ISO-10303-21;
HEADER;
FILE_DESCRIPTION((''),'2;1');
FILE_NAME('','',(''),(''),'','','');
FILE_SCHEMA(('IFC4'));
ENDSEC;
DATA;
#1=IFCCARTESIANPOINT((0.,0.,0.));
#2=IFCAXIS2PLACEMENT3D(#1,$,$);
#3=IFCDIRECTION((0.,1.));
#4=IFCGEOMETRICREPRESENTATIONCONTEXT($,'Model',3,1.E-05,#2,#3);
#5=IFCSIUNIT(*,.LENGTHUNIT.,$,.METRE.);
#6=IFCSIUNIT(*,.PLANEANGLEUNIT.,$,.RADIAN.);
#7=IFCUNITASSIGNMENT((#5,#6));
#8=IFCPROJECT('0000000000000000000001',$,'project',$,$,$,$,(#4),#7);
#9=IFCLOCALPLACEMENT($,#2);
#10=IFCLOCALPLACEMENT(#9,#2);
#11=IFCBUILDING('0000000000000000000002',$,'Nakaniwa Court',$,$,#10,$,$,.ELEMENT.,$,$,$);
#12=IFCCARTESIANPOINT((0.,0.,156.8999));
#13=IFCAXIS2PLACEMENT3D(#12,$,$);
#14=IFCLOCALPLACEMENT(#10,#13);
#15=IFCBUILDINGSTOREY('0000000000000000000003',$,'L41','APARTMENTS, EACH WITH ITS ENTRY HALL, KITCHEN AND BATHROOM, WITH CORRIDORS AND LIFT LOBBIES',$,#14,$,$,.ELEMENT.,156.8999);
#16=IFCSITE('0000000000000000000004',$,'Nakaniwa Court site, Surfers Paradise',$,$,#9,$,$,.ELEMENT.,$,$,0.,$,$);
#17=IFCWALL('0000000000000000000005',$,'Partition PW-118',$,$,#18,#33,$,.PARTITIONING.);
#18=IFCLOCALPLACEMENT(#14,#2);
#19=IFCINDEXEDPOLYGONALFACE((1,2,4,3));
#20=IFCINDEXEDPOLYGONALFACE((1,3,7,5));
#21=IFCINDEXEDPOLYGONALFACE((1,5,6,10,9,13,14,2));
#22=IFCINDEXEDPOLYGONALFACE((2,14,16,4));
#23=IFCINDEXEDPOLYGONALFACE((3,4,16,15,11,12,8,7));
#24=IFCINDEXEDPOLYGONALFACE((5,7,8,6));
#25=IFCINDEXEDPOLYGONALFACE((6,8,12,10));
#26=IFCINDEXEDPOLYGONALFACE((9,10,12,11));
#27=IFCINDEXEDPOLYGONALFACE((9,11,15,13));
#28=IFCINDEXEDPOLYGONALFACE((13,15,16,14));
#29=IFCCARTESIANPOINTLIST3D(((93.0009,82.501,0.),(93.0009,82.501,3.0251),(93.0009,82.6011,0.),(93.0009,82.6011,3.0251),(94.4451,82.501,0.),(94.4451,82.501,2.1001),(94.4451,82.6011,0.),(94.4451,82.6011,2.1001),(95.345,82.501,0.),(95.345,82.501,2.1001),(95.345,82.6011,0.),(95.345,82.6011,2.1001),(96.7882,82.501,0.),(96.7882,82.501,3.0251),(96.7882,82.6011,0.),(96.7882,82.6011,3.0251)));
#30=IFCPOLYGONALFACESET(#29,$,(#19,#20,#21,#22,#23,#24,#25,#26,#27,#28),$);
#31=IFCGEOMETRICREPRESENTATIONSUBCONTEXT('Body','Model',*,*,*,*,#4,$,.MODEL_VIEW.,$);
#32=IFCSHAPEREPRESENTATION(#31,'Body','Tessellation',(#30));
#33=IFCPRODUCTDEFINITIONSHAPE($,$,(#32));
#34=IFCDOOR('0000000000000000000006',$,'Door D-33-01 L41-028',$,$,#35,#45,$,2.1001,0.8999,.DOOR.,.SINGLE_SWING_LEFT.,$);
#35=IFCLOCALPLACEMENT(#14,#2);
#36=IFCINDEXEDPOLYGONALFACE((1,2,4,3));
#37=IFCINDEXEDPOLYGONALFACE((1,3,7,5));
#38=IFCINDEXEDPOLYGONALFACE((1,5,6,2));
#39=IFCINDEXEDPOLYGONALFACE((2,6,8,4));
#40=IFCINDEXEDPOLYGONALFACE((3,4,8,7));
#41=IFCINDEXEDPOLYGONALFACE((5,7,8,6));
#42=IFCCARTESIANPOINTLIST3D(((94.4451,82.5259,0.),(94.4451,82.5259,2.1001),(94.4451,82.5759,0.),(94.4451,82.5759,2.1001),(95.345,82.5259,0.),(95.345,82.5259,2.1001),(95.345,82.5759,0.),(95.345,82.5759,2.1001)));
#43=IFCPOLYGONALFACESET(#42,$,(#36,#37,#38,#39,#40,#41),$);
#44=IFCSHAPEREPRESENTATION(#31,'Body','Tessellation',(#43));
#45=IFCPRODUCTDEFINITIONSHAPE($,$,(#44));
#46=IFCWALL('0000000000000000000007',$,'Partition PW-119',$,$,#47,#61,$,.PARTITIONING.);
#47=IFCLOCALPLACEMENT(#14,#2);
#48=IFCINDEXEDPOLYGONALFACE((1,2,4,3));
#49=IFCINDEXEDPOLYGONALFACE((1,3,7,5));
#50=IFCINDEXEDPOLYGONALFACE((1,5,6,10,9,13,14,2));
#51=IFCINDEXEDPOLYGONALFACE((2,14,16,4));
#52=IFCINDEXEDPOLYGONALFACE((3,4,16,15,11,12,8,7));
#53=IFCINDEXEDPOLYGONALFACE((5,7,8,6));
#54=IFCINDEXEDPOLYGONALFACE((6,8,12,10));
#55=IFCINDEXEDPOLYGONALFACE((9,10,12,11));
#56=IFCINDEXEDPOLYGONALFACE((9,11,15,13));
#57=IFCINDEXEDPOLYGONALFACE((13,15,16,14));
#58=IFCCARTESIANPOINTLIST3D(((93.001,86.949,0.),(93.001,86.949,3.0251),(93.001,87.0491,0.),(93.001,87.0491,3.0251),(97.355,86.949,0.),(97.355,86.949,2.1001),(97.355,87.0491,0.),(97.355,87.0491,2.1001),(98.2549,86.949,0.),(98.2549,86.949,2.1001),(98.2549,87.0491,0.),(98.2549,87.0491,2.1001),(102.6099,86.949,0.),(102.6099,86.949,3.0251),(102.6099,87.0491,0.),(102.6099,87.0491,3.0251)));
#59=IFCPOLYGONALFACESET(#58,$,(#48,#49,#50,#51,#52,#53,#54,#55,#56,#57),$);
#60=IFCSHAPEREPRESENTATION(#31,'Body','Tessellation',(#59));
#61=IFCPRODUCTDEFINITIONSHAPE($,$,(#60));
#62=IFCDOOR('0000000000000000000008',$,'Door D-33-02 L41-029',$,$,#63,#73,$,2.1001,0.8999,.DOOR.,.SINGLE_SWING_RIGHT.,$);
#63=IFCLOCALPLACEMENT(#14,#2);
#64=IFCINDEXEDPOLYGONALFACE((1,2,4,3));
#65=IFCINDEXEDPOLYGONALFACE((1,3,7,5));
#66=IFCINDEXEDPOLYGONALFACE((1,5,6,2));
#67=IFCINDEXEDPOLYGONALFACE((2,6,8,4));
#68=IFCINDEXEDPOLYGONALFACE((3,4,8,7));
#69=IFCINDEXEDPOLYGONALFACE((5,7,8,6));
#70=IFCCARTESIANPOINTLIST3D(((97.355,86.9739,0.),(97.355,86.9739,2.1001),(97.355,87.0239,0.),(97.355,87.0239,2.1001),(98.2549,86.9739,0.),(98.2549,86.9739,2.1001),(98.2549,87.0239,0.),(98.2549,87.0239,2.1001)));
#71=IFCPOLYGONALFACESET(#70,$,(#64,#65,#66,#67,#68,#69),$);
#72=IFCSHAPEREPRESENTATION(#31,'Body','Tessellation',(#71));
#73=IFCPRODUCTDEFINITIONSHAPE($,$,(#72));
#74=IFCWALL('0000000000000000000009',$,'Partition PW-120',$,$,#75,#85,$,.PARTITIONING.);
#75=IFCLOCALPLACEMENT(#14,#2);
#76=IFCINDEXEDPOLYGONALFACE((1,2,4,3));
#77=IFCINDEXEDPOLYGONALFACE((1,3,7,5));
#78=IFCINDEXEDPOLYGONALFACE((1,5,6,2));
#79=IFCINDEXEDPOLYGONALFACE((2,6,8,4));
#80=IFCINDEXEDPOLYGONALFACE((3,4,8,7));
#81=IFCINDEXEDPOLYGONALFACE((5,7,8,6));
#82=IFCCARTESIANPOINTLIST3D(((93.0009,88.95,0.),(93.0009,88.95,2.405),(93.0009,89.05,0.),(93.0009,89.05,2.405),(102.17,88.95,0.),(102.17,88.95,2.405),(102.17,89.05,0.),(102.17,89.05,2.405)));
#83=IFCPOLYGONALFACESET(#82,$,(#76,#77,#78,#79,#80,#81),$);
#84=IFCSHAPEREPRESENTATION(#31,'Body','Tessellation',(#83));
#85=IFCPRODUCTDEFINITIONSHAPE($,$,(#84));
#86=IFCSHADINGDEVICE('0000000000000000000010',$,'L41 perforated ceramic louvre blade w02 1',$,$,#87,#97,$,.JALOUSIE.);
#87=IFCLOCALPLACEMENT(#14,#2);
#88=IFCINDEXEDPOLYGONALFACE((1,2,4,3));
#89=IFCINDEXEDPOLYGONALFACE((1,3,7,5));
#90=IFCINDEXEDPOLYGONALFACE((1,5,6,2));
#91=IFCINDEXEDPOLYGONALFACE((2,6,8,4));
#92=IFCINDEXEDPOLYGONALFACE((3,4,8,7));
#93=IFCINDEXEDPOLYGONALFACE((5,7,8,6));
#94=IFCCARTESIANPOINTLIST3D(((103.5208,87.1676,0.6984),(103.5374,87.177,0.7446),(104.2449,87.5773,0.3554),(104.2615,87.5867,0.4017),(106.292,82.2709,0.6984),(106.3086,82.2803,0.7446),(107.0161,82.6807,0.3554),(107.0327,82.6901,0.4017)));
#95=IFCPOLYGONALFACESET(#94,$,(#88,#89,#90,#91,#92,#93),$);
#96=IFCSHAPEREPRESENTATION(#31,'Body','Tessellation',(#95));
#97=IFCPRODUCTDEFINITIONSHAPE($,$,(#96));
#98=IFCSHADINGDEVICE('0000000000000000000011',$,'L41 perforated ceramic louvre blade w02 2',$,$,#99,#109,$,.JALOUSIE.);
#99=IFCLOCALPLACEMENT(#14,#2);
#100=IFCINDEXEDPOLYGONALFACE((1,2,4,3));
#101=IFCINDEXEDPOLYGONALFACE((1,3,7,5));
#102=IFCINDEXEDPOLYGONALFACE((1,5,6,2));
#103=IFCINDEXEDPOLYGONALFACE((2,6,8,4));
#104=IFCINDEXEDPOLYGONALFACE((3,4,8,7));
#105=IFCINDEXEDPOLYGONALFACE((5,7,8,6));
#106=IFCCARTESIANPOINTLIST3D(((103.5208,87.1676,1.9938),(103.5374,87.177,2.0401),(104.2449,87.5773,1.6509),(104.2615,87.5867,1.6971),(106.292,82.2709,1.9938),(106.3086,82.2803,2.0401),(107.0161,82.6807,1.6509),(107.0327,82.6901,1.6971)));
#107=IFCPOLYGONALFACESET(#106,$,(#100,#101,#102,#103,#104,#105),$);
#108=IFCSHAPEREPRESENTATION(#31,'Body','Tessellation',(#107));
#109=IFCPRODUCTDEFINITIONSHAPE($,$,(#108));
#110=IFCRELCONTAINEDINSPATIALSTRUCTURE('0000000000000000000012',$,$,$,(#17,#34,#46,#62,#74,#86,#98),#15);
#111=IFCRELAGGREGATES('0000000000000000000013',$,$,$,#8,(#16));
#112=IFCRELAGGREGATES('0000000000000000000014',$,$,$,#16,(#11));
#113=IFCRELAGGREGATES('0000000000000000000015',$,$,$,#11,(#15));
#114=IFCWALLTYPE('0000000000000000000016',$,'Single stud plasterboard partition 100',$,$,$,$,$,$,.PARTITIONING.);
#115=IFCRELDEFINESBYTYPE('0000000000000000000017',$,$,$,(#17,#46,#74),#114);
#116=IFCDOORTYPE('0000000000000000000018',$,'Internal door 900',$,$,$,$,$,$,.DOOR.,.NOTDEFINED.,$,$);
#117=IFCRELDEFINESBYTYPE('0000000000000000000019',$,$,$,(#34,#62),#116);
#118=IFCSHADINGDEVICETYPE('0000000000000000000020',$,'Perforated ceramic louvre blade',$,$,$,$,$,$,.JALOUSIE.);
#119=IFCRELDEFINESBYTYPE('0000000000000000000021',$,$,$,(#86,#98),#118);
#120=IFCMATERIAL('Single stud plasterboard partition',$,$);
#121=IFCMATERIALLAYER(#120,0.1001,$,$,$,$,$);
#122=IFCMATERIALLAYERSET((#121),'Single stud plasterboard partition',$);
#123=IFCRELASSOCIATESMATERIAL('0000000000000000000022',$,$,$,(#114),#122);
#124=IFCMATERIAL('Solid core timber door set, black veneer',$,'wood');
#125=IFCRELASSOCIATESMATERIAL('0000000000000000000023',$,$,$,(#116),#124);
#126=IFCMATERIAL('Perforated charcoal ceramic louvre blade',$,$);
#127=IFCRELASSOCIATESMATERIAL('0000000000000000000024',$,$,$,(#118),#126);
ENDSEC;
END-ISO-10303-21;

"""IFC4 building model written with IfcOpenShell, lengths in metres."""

from ifc_helpers import new_model, si_unit, direction, frame, frame_2d, origin, origin_2d, place, context, subcontext, project, spatial, rectangle, extrude, material, layer, layer_set, material_profile, profile_set, type_object, element, fill, save


model = new_model("IFC4")

# Units and contexts
model_context = context("Model", 3, precision=1e-05, world=origin(), true_north=direction((0.0, 1.0)))
body_context = subcontext(model_context, "Body", "Model", "MODEL_VIEW")
ifc_project = project(units=[si_unit("LENGTHUNIT", "METRE"), si_unit("PLANEANGLEUNIT", "RADIAN")], contexts=[model_context])

# Site, building, storey
site_placement = place(None, origin())
site = spatial("IfcSite", under=ifc_project, at=site_placement, Name="Nakaniwa Court site, Surfers Paradise", CompositionType="ELEMENT", RefElevation=0.0)
building_placement = place(site_placement, origin())
building = spatial("IfcBuilding", under=site, at=building_placement, Name="Nakaniwa Court", CompositionType="ELEMENT")
storey_placement = place(building_placement, frame((0.0, 0.0, 156.8999)))
storey = spatial("IfcBuildingStorey", under=building, at=storey_placement, Name="L41", Description="APARTMENTS, EACH WITH ITS ENTRY HALL, KITCHEN AND BATHROOM, WITH CORRIDORS AND LIFT LOBBIES", CompositionType="ELEMENT", Elevation=156.8999)

# Shared definitions
ifc_material_1 = material(Name="Solid core timber door set, black veneer", Category="wood")

# Walls, openings, doors
ifc_material_2 = material(Name="Single stud plasterboard partition")
ifc_layer_1 = layer(ifc_material_2, 0.1001)
ifc_layer_set_1 = layer_set([ifc_layer_1], Name="Single stud plasterboard partition")
wall_type_1 = type_object("IfcWallType", Name="Single stud plasterboard partition 100", PredefinedType="PARTITIONING", material=ifc_layer_set_1)
wall_1_placement = place(storey_placement, frame((93.001, 82.551, 0.0), z_axis=(0.0, 0.0, 1.0), x_axis=(1.0, 0.0, 0.0)))
wall_1 = element("IfcWall", 1, at=wall_1_placement, inside=storey, type_object=wall_type_1, Name="Partition PW-118", PredefinedType="PARTITIONING", context=body_context, shape_type="SweptSolid", body=[
    extrude(rectangle(XDim=3.7874, YDim=0.1001, at=frame_2d((1.8936, 0.0))), origin(), (0.0, 0.0, 1.0), 3.0251),
])
opening_1_placement = place(wall_1_placement, frame((1.4441, 0.0, 0.0)))
opening_1 = element("IfcOpeningElement", 2, at=opening_1_placement, cuts=wall_1, PredefinedType="OPENING", context=body_context, shape_type="SweptSolid", body=[
    extrude(rectangle(XDim=0.8999, YDim=2.1001, at=frame_2d((0.45, 1.05))), frame((0.0, 0.0601, 0.0), z_axis=(0.0, -1.0, 0.0), x_axis=(1.0, 0.0, 0.0)), (0.0, 0.0, 1.0), 0.1201),
])
door_type_1 = type_object("IfcDoorType", Name="Internal door 900", OperationType="NOTDEFINED", PredefinedType="DOOR", material=ifc_material_1)
door_1_placement = place(opening_1_placement, origin())
door_1 = element("IfcDoor", 3, at=door_1_placement, inside=storey, type_object=door_type_1, Name="Door D-33-01 L41-028", OperationType="SINGLE_SWING_LEFT", OverallHeight=2.1001, OverallWidth=0.8999, PredefinedType="DOOR", context=body_context, shape_type="SweptSolid", body=[
    extrude(rectangle(XDim=0.8999, YDim=2.1001, at=frame_2d((0.45, 1.05))), frame((0.0, 0.0249, 0.0), z_axis=(0.0, -1.0, 0.0), x_axis=(1.0, 0.0, 0.0)), (0.0, 0.0, 1.0), 0.05),
])
fill(opening_1, door_1)
wall_2_placement = place(storey_placement, frame((93.001, 86.999, 0.0), z_axis=(0.0, 0.0, 1.0), x_axis=(1.0, 0.0, 0.0)))
wall_2 = element("IfcWall", 4, at=wall_2_placement, inside=storey, type_object=wall_type_1, Name="Partition PW-119", PredefinedType="PARTITIONING", context=body_context, shape_type="SweptSolid", body=[
    extrude(rectangle(XDim=9.6089, YDim=0.1001, at=frame_2d((4.8044, 0.0))), origin(), (0.0, 0.0, 1.0), 3.0251),
])
opening_2_placement = place(wall_2_placement, frame((4.354, 0.0, 0.0)))
opening_2 = element("IfcOpeningElement", 5, at=opening_2_placement, cuts=wall_2, PredefinedType="OPENING", context=body_context, shape_type="SweptSolid", body=[
    extrude(rectangle(XDim=0.8999, YDim=2.1001, at=frame_2d((0.45, 1.05))), frame((0.0, 0.0601, 0.0), z_axis=(0.0, -1.0, 0.0), x_axis=(1.0, 0.0, 0.0)), (0.0, 0.0, 1.0), 0.1201),
])
door_2_placement = place(opening_2_placement, origin())
door_2 = element("IfcDoor", 6, at=door_2_placement, inside=storey, type_object=door_type_1, Name="Door D-33-02 L41-029", OperationType="SINGLE_SWING_RIGHT", OverallHeight=2.1001, OverallWidth=0.8999, PredefinedType="DOOR", context=body_context, shape_type="SweptSolid", body=[
    extrude(rectangle(XDim=0.8999, YDim=2.1001, at=frame_2d((0.45, 1.05))), frame((0.0, 0.0249, 0.0), z_axis=(0.0, -1.0, 0.0), x_axis=(1.0, 0.0, 0.0)), (0.0, 0.0, 1.0), 0.05),
])
fill(opening_2, door_2)

# Wall
wall_3_placement = place(storey_placement, frame((93.001, 89.0, 0.0), z_axis=(0.0, 0.0, 1.0), x_axis=(1.0, 0.0, 0.0)))
element("IfcWall", 7, at=wall_3_placement, inside=storey, type_object=wall_type_1, Name="Partition PW-120", PredefinedType="PARTITIONING", context=body_context, shape_type="SweptSolid", body=[
    extrude(rectangle(XDim=9.1692, YDim=0.1001, at=frame_2d((4.5845, 0.0))), origin(), (0.0, 0.0, 1.0), 2.405),
])

# Shading devices
ifc_material_3 = material(Name="Perforated charcoal ceramic louvre blade")
ifc_material_profile_1 = material_profile(ifc_material_3, rectangle(XDim=0.8999, YDim=0.05, at=origin_2d()), Name="Perforated ceramic louvre blade")
ifc_profile_set_1 = profile_set([ifc_material_profile_1], Name="Perforated charcoal ceramic louvre blade")
shading_device_type = type_object("IfcShadingDeviceType", Name="Perforated ceramic louvre blade", PredefinedType="JALOUSIE", material=ifc_profile_set_1)
for number, where, z_axis, x_axis, name in (
    (8, (106.6624, 82.4805, 0.55), (-0.492532, 0.870294, 0.0), (-0.804627, -0.455368, 0.38107), "L41 perforated ceramic louvre blade w02 1"),
    (9, (106.6624, 82.4805, 1.8455), (-0.492532, 0.870294, 0.0), (-0.804627, -0.455368, 0.38107), "L41 perforated ceramic louvre blade w02 2"),
):
    element("IfcShadingDevice", number, at=place(storey_placement, frame(where, z_axis=z_axis, x_axis=x_axis)), inside=storey, type_object=shading_device_type, Name=name, PredefinedType="JALOUSIE", context=body_context, shape_type="SweptSolid", body=[
        extrude(rectangle(XDim=0.8999, YDim=0.05, at=origin_2d()), origin(), (0.0, 0.0, 1.0), 5.6265),
    ])

save(model, "model.ifc")
